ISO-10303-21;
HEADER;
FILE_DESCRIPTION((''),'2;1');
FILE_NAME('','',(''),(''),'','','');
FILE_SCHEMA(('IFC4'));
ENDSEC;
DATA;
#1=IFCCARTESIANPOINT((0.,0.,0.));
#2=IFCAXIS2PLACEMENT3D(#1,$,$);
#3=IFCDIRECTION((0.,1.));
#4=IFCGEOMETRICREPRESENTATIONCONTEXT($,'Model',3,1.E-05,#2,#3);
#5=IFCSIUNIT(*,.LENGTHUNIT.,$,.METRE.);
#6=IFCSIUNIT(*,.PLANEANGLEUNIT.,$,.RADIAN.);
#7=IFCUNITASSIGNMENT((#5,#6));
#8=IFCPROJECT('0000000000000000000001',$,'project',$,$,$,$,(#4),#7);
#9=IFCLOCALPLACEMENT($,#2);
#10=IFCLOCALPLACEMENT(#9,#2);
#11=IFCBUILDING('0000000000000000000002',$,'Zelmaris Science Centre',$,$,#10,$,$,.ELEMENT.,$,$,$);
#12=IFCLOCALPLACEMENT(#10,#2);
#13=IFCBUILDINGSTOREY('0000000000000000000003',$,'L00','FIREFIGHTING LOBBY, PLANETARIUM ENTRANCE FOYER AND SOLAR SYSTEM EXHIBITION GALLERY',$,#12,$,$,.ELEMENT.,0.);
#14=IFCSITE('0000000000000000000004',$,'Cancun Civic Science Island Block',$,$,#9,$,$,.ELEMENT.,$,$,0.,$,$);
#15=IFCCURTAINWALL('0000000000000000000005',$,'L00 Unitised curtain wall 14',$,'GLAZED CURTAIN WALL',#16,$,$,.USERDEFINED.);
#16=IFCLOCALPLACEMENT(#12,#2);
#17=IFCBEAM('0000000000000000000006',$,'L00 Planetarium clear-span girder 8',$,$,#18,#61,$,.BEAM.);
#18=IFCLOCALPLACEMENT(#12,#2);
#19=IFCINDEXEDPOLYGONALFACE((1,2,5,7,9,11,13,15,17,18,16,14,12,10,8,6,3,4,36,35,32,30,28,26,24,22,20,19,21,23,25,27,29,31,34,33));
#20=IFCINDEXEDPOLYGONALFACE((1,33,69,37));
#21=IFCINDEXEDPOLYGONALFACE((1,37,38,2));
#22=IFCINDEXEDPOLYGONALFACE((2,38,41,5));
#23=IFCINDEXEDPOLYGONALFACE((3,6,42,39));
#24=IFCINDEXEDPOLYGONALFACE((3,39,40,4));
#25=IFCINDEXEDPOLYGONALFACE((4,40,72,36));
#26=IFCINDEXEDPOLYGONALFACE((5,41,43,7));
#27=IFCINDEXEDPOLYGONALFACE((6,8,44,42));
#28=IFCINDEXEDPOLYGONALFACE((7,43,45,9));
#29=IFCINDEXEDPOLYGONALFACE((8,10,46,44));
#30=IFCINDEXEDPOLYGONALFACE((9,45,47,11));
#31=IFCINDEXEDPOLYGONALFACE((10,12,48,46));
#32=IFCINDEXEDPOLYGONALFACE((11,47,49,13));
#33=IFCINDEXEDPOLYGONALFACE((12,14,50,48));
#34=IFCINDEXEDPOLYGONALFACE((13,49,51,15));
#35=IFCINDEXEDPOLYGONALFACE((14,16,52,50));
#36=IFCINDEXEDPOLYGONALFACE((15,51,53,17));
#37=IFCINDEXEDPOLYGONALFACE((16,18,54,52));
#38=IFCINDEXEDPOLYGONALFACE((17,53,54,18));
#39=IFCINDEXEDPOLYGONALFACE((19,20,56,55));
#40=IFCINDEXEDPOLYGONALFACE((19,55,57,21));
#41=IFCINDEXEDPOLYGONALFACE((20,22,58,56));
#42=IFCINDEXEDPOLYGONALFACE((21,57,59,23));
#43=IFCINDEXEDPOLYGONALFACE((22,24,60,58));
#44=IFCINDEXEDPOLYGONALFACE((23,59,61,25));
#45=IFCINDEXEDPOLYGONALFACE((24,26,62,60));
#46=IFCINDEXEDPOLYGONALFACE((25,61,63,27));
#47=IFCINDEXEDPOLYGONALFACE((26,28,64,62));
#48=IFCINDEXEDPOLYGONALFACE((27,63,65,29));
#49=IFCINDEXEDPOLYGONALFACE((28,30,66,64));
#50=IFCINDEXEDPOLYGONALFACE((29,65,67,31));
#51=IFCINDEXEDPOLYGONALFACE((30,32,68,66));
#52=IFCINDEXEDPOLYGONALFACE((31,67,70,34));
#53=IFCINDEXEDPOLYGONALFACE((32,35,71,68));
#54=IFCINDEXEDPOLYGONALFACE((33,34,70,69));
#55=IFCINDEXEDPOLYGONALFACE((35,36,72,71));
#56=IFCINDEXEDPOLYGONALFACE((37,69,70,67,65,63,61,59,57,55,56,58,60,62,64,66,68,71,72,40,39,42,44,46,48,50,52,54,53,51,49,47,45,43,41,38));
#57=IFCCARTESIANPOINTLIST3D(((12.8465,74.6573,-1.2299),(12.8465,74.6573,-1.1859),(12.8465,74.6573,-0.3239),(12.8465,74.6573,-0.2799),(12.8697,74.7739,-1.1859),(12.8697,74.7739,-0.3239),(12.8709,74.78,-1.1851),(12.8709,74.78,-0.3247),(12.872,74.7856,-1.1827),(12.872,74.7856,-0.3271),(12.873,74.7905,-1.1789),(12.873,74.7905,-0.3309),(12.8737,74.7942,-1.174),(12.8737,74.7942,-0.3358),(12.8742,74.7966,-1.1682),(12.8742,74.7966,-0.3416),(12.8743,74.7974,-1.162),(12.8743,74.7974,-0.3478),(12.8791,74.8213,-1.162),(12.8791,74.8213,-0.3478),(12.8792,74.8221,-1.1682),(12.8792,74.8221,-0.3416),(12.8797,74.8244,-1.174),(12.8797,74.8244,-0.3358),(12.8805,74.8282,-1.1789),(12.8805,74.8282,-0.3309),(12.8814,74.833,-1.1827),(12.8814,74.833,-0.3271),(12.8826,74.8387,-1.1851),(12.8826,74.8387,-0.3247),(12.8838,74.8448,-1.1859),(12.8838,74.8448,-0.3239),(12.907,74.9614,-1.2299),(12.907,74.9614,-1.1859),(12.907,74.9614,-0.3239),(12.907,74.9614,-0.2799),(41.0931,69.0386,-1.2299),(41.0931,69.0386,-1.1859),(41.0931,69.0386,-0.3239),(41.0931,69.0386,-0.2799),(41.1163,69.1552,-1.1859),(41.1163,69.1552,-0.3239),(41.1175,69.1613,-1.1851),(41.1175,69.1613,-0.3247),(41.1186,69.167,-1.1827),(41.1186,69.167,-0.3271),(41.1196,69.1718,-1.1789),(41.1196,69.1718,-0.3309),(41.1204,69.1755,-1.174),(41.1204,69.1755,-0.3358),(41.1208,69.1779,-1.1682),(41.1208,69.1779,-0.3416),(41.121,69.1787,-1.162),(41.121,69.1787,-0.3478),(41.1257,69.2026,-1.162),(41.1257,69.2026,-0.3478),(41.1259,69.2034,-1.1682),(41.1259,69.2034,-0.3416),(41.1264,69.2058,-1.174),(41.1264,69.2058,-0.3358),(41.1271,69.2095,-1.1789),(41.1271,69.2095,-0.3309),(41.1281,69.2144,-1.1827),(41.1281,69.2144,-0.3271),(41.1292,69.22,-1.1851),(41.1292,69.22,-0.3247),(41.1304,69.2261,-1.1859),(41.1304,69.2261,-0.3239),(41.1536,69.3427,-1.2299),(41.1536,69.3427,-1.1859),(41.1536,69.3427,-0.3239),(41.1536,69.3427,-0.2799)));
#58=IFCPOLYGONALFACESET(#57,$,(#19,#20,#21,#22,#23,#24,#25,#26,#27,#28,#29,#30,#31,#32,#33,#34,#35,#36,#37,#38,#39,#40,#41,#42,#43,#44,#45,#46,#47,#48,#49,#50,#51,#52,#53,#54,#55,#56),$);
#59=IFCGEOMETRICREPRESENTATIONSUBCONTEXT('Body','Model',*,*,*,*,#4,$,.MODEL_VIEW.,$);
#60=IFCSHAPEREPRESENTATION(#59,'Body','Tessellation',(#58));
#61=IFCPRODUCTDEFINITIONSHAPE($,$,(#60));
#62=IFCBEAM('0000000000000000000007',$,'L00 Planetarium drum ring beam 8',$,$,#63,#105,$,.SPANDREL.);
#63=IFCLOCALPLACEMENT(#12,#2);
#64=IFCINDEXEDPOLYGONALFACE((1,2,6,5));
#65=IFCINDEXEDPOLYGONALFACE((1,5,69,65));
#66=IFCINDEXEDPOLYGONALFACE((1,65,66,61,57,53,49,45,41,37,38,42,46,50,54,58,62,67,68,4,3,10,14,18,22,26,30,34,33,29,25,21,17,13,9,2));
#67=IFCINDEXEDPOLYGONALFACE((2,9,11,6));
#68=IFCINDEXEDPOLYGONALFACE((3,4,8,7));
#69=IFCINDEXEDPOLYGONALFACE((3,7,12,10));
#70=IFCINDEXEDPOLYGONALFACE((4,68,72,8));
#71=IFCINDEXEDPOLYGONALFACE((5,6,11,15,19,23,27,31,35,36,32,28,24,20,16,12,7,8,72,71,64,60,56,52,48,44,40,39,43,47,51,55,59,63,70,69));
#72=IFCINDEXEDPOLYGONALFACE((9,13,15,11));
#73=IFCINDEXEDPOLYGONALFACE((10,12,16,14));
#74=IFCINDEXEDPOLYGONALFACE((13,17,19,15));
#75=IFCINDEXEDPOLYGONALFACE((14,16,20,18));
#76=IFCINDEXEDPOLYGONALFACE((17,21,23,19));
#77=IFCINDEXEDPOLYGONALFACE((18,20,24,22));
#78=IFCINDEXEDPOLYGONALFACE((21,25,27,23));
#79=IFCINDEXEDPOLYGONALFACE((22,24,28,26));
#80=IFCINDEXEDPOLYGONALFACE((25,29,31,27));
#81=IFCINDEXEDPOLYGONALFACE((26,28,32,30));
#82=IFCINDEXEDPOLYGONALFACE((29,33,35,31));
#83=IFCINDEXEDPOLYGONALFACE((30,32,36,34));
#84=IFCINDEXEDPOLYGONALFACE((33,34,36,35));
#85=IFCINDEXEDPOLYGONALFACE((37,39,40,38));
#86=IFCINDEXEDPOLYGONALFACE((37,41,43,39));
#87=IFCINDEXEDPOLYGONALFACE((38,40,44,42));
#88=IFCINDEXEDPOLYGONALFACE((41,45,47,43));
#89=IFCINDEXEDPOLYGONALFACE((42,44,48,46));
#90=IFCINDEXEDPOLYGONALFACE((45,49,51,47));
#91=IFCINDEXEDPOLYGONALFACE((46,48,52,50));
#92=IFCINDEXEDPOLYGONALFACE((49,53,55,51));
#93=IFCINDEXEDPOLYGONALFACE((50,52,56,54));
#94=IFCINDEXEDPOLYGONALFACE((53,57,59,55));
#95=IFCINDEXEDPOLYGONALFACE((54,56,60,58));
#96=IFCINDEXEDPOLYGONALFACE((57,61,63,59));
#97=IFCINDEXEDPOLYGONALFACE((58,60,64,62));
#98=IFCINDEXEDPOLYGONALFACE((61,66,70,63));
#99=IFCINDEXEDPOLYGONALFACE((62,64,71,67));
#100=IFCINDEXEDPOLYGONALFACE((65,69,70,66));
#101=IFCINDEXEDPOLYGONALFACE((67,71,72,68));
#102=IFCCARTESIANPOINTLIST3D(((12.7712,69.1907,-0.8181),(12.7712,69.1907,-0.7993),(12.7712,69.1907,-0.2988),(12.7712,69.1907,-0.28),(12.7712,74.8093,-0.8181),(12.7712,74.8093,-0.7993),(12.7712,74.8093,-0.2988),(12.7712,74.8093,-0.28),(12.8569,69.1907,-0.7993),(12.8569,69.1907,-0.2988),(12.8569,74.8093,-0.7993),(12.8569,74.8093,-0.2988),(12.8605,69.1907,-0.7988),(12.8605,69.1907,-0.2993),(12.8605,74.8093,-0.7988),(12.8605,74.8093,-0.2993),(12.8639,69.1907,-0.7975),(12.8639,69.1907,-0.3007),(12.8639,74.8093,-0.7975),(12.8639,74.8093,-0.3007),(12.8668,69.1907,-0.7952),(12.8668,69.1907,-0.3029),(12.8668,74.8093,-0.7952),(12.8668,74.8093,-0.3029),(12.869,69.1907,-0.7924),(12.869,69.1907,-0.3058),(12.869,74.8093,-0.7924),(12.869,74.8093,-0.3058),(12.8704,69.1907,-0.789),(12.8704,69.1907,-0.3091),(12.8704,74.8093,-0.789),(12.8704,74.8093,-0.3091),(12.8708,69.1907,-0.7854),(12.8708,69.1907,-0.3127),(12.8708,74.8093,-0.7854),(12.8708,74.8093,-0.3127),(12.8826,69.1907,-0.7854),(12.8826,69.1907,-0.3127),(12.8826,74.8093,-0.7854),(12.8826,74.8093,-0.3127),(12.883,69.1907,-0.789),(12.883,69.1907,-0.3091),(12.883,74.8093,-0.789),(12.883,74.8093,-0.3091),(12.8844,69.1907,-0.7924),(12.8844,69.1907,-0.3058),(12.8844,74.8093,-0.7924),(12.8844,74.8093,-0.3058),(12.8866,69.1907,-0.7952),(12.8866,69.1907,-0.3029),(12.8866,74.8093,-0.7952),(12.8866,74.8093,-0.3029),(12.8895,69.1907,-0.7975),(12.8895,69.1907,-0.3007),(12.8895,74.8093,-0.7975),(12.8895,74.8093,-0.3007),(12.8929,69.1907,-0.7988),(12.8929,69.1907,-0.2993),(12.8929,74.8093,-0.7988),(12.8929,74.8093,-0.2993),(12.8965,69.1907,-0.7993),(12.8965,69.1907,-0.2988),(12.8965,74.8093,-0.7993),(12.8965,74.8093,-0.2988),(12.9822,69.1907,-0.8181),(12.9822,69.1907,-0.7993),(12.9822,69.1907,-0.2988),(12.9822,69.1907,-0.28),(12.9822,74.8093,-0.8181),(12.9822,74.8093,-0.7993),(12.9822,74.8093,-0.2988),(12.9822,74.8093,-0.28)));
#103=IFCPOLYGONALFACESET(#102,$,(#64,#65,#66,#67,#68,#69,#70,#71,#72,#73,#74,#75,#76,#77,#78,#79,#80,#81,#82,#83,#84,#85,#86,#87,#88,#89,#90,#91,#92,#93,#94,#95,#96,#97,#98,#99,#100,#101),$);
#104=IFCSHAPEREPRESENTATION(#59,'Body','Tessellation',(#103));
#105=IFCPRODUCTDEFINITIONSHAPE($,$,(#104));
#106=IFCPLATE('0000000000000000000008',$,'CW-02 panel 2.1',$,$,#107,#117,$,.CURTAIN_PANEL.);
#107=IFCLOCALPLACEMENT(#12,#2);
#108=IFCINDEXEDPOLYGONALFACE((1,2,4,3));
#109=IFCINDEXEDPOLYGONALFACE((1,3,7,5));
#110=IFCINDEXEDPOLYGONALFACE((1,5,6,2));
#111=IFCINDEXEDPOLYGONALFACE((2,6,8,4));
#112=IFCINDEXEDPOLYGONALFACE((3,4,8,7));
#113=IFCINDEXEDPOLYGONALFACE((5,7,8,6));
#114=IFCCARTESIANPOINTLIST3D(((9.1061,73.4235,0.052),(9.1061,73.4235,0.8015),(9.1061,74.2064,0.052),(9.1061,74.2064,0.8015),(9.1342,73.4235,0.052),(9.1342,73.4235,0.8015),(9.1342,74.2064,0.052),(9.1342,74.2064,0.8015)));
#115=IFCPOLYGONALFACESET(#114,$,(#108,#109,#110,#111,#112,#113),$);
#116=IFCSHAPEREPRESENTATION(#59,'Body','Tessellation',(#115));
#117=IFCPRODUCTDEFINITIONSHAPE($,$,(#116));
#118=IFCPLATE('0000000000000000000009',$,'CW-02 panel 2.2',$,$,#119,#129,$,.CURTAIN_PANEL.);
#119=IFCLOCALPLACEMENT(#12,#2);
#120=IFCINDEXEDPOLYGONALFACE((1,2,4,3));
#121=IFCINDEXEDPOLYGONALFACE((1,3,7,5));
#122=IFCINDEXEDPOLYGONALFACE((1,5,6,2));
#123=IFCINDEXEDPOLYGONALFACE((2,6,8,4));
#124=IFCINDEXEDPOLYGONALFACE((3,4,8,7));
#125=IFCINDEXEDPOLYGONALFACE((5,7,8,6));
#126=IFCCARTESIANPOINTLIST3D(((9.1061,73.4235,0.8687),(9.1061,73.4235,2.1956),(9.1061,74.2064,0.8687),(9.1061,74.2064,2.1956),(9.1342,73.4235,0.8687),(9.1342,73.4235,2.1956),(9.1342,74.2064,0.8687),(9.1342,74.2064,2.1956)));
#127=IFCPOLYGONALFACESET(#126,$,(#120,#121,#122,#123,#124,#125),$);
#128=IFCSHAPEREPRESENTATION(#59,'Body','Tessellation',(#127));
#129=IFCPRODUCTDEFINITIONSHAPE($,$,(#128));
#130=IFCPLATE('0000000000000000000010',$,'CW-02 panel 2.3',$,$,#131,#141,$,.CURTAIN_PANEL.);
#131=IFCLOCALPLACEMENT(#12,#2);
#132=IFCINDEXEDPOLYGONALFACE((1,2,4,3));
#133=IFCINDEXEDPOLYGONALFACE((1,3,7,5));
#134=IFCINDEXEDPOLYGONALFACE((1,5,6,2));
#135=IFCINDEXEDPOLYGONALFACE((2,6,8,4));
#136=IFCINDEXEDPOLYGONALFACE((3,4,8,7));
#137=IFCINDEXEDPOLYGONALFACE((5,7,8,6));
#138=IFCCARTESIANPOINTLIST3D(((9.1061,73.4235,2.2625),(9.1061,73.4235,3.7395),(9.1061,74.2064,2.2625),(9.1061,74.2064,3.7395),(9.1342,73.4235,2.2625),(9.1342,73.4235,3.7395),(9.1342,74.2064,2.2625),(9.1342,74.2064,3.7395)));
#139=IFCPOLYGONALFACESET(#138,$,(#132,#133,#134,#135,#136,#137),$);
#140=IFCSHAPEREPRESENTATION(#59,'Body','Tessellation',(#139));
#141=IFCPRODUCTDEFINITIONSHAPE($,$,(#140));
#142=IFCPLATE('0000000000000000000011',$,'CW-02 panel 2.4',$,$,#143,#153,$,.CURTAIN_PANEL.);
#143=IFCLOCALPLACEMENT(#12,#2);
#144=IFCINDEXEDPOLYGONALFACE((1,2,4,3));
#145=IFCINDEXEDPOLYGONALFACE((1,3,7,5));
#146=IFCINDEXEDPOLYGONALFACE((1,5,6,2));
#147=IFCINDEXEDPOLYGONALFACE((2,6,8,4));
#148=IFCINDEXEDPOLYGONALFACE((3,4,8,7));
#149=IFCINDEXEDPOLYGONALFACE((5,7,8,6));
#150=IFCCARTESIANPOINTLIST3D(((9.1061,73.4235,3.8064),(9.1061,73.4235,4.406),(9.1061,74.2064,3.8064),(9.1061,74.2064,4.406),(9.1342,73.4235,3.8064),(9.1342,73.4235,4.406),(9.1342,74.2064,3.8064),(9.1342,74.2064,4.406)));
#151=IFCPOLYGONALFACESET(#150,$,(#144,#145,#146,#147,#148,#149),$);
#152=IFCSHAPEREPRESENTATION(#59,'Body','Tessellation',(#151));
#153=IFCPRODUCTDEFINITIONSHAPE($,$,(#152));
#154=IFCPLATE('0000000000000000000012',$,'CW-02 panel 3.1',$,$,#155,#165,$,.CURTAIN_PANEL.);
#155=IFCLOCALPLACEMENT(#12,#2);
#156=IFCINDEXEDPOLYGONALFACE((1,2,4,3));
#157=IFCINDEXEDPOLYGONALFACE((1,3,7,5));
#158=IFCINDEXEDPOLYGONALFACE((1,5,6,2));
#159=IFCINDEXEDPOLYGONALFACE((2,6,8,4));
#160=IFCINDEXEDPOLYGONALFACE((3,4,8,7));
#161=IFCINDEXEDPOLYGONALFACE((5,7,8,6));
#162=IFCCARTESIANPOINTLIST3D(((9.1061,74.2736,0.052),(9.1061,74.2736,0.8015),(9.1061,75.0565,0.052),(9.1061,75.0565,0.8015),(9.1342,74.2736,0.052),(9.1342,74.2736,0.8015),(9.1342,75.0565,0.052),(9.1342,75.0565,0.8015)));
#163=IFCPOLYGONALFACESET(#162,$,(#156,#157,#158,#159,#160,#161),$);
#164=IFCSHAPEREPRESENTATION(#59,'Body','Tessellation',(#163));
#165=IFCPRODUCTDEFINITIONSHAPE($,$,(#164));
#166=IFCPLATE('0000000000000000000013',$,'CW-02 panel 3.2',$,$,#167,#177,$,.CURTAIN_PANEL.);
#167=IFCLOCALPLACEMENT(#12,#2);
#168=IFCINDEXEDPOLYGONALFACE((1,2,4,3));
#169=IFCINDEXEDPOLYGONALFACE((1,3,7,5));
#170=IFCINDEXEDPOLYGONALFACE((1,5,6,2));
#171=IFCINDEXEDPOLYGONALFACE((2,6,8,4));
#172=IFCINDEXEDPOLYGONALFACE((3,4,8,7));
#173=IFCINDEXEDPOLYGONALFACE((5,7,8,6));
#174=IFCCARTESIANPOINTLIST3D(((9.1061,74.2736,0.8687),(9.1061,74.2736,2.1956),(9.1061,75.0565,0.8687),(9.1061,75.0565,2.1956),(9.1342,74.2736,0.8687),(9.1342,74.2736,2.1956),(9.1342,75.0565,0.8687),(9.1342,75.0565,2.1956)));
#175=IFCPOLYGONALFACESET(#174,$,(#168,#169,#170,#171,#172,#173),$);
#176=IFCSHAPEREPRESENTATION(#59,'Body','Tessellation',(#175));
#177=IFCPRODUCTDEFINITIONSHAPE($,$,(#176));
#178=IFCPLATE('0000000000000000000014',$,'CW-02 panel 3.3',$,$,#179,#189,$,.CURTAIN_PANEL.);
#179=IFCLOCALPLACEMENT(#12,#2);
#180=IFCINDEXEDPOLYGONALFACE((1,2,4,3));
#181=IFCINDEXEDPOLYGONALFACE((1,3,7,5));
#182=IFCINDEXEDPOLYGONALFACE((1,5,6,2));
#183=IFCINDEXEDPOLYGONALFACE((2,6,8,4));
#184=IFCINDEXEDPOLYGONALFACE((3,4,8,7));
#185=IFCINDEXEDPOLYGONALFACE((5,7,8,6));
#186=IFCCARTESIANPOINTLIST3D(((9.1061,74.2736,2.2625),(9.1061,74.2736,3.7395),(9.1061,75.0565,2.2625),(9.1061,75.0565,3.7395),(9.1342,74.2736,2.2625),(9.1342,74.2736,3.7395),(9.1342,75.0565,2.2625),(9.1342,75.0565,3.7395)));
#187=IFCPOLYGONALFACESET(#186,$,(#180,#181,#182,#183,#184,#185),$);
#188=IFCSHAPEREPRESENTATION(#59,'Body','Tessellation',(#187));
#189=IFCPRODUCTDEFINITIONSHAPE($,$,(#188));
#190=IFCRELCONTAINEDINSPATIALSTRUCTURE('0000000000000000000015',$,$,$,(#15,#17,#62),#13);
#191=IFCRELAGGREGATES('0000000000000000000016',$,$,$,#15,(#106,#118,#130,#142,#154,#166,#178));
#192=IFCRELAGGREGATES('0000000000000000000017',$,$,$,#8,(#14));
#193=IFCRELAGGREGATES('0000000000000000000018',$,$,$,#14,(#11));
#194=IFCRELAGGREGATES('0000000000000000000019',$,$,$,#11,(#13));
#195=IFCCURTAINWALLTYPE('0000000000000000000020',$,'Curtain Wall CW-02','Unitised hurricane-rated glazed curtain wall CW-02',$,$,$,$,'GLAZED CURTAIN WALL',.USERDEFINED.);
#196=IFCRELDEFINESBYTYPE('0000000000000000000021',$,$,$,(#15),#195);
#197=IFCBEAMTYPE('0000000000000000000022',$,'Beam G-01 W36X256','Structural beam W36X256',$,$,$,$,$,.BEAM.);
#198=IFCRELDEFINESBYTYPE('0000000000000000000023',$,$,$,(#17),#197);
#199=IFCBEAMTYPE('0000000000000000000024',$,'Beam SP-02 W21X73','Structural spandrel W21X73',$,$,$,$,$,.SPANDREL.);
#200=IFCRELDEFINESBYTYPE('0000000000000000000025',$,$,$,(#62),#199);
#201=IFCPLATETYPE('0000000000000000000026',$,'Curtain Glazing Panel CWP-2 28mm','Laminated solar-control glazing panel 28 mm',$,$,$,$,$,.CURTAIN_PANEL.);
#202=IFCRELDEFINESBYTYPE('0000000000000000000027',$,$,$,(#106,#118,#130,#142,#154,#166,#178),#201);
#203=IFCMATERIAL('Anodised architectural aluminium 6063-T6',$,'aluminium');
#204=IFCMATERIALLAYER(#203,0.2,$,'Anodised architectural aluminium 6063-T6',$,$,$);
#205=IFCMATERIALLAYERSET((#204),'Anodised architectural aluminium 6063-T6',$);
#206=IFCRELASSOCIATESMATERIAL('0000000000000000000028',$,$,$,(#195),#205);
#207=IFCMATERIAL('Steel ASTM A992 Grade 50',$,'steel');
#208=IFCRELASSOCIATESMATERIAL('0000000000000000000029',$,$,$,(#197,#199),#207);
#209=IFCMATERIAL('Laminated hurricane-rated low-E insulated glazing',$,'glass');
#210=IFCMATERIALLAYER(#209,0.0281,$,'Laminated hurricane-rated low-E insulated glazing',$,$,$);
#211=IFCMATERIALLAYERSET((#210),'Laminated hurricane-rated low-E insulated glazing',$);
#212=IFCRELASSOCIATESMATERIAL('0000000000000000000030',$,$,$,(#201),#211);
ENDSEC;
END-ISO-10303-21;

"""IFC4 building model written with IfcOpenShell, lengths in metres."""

from ifc_helpers import new_model, si_unit, direction, frame, origin, origin_2d, place, context, subcontext, project, spatial, rectangle, i_section, extrude, material, layer, layer_set, material_profile, profile_set, type_object, element, aggregate, save


model = new_model("IFC4")

# Units and contexts
model_context = context("Model", 3, precision=1e-05, world=origin(), true_north=direction((0.0, 1.0)))
body_context = subcontext(model_context, "Body", "Model", "MODEL_VIEW")
ifc_project = project(units=[si_unit("LENGTHUNIT", "METRE"), si_unit("PLANEANGLEUNIT", "RADIAN")], contexts=[model_context])

# Site, building, storey
site_placement = place(None, origin())
site = spatial("IfcSite", under=ifc_project, at=site_placement, Name="Cancun Civic Science Island Block", CompositionType="ELEMENT", RefElevation=0.0)
building_placement = place(site_placement, origin())
building = spatial("IfcBuilding", under=site, at=building_placement, Name="Zelmaris Science Centre", CompositionType="ELEMENT")
storey_placement = place(building_placement, origin())
storey = spatial("IfcBuildingStorey", under=building, at=storey_placement, Name="L00", Description="FIREFIGHTING LOBBY, PLANETARIUM ENTRANCE FOYER AND SOLAR SYSTEM EXHIBITION GALLERY", CompositionType="ELEMENT", Elevation=0.0)

# Curtain wall
ifc_material_1 = material(Name="Anodised architectural aluminium 6063-T6", Category="aluminium")
ifc_layer_1 = layer(ifc_material_1, 0.2, Name="Anodised architectural aluminium 6063-T6")
ifc_layer_set_1 = layer_set([ifc_layer_1], Name="Anodised architectural aluminium 6063-T6")
curtain_wall_type = type_object("IfcCurtainWallType", Name="Curtain Wall CW-02", Description="Unitised hurricane-rated glazed curtain wall CW-02", ElementType="GLAZED CURTAIN WALL", PredefinedType="USERDEFINED", material=ifc_layer_set_1)
curtain_wall_placement = place(storey_placement, origin())
curtain_wall = element("IfcCurtainWall", 1, at=curtain_wall_placement, inside=storey, type_object=curtain_wall_type, Name="L00 Unitised curtain wall 14", ObjectType="GLAZED CURTAIN WALL", PredefinedType="USERDEFINED")

# Beams
ifc_material_2 = material(Name="Steel ASTM A992 Grade 50", Category="steel")
ifc_material_profile_1 = material_profile(ifc_material_2, i_section(OverallWidth=0.3101, OverallDepth=0.95, WebThickness=0.0244, FlangeThickness=0.0439, FilletRadius=0.0239, at=origin_2d()), Name="W36X256")
ifc_profile_set_1 = profile_set([ifc_material_profile_1], Name="Steel ASTM A992 Grade 50")
beam_type_1 = type_object("IfcBeamType", Name="Beam G-01 W36X256", Description="Structural beam W36X256", PredefinedType="BEAM", material=ifc_profile_set_1)
beam_1_placement = place(storey_placement, frame((12.8767, 74.8093, -0.7549), z_axis=(0.980785, -0.195092, 0.0), x_axis=(0.195092, 0.980785, 0.0)))
element("IfcBeam", 2, at=beam_1_placement, inside=storey, type_object=beam_type_1, Name="L00 Planetarium clear-span girder 8", PredefinedType="BEAM", context=body_context, shape_type="SweptSolid", body=[
    extrude(i_section(OverallWidth=0.3101, OverallDepth=0.95, WebThickness=0.0244, FlangeThickness=0.0439, FilletRadius=0.0239, at=origin_2d()), origin(), (0.0, 0.0, 1.0), 28.8),
])
ifc_material_profile_2 = material_profile(ifc_material_2, i_section(OverallWidth=0.2109, OverallDepth=0.5381, WebThickness=0.0117, FlangeThickness=0.0188, FilletRadius=0.0139, at=origin_2d()), Name="W21X73")
ifc_profile_set_2 = profile_set([ifc_material_profile_2], Name="Steel ASTM A992 Grade 50")
beam_type_2 = type_object("IfcBeamType", Name="Beam SP-02 W21X73", Description="Structural spandrel W21X73", PredefinedType="SPANDREL", material=ifc_profile_set_2)
beam_2_placement = place(storey_placement, frame((12.8767, 74.8093, -0.5491), z_axis=(0.0, -1.0, 0.0), x_axis=(1.0, 0.0, 0.0)))
element("IfcBeam", 3, at=beam_2_placement, inside=storey, type_object=beam_type_2, Name="L00 Planetarium drum ring beam 8", PredefinedType="SPANDREL", context=body_context, shape_type="SweptSolid", body=[
    extrude(i_section(OverallWidth=0.2109, OverallDepth=0.5381, WebThickness=0.0117, FlangeThickness=0.0188, FilletRadius=0.0139, at=origin_2d()), origin(), (0.0, 0.0, 1.0), 5.6187),
])

# Plates
ifc_material_3 = material(Name="Laminated hurricane-rated low-E insulated glazing", Category="glass")
ifc_layer_2 = layer(ifc_material_3, 0.0281, Name="Laminated hurricane-rated low-E insulated glazing")
ifc_layer_set_2 = layer_set([ifc_layer_2], Name="Laminated hurricane-rated low-E insulated glazing")
plate_type = type_object("IfcPlateType", Name="Curtain Glazing Panel CWP-2 28mm", Description="Laminated solar-control glazing panel 28 mm", PredefinedType="CURTAIN_PANEL", material=ifc_layer_set_2)
plate_1_placement = place(storey_placement, frame((9.1201, 73.8149, 0.052), z_axis=(0.0, 0.0, 1.0), x_axis=(0.0, 1.0, 0.0)))
plate_1 = element("IfcPlate", 4, at=plate_1_placement, type_object=plate_type, Name="CW-02 panel 2.1", PredefinedType="CURTAIN_PANEL", context=body_context, shape_type="SweptSolid", body=[
    extrude(rectangle(XDim=0.783, YDim=0.0281, at=origin_2d()), origin(), (0.0, 0.0, 1.0), 0.7495),
])
plate_2_placement = place(storey_placement, frame((9.1201, 73.8149, 0.8687), z_axis=(0.0, 0.0, 1.0), x_axis=(0.0, 1.0, 0.0)))
plate_2 = element("IfcPlate", 5, at=plate_2_placement, type_object=plate_type, Name="CW-02 panel 2.2", PredefinedType="CURTAIN_PANEL", context=body_context, shape_type="SweptSolid", body=[
    extrude(rectangle(XDim=0.783, YDim=0.0281, at=origin_2d()), origin(), (0.0, 0.0, 1.0), 1.3269),
])
plate_3_placement = place(storey_placement, frame((9.1201, 73.8149, 2.2625), z_axis=(0.0, 0.0, 1.0), x_axis=(0.0, 1.0, 0.0)))
plate_3 = element("IfcPlate", 6, at=plate_3_placement, type_object=plate_type, Name="CW-02 panel 2.3", PredefinedType="CURTAIN_PANEL", context=body_context, shape_type="SweptSolid", body=[
    extrude(rectangle(XDim=0.783, YDim=0.0281, at=origin_2d()), origin(), (0.0, 0.0, 1.0), 1.4771),
])
plate_4_placement = place(storey_placement, frame((9.1201, 73.8149, 3.8064), z_axis=(0.0, 0.0, 1.0), x_axis=(0.0, 1.0, 0.0)))
plate_4 = element("IfcPlate", 7, at=plate_4_placement, type_object=plate_type, Name="CW-02 panel 2.4", PredefinedType="CURTAIN_PANEL", context=body_context, shape_type="SweptSolid", body=[
    extrude(rectangle(XDim=0.783, YDim=0.0281, at=origin_2d()), origin(), (0.0, 0.0, 1.0), 0.5996),
])
plate_5_placement = place(storey_placement, frame((9.1201, 74.665, 0.052), z_axis=(0.0, 0.0, 1.0), x_axis=(0.0, 1.0, 0.0)))
plate_5 = element("IfcPlate", 8, at=plate_5_placement, type_object=plate_type, Name="CW-02 panel 3.1", PredefinedType="CURTAIN_PANEL", context=body_context, shape_type="SweptSolid", body=[
    extrude(rectangle(XDim=0.783, YDim=0.0281, at=origin_2d()), origin(), (0.0, 0.0, 1.0), 0.7495),
])
plate_6_placement = place(storey_placement, frame((9.1201, 74.665, 0.8687), z_axis=(0.0, 0.0, 1.0), x_axis=(0.0, 1.0, 0.0)))
plate_6 = element("IfcPlate", 9, at=plate_6_placement, type_object=plate_type, Name="CW-02 panel 3.2", PredefinedType="CURTAIN_PANEL", context=body_context, shape_type="SweptSolid", body=[
    extrude(rectangle(XDim=0.783, YDim=0.0281, at=origin_2d()), origin(), (0.0, 0.0, 1.0), 1.3269),
])
plate_7_placement = place(storey_placement, frame((9.1201, 74.665, 2.2625), z_axis=(0.0, 0.0, 1.0), x_axis=(0.0, 1.0, 0.0)))
plate_7 = element("IfcPlate", 10, at=plate_7_placement, type_object=plate_type, Name="CW-02 panel 3.3", PredefinedType="CURTAIN_PANEL", context=body_context, shape_type="SweptSolid", body=[
    extrude(rectangle(XDim=0.783, YDim=0.0281, at=origin_2d()), origin(), (0.0, 0.0, 1.0), 1.4771),
])
aggregate(curtain_wall, [plate_1, plate_2, plate_3, plate_4, plate_5, plate_6, plate_7])

save(model, "model.ifc")
